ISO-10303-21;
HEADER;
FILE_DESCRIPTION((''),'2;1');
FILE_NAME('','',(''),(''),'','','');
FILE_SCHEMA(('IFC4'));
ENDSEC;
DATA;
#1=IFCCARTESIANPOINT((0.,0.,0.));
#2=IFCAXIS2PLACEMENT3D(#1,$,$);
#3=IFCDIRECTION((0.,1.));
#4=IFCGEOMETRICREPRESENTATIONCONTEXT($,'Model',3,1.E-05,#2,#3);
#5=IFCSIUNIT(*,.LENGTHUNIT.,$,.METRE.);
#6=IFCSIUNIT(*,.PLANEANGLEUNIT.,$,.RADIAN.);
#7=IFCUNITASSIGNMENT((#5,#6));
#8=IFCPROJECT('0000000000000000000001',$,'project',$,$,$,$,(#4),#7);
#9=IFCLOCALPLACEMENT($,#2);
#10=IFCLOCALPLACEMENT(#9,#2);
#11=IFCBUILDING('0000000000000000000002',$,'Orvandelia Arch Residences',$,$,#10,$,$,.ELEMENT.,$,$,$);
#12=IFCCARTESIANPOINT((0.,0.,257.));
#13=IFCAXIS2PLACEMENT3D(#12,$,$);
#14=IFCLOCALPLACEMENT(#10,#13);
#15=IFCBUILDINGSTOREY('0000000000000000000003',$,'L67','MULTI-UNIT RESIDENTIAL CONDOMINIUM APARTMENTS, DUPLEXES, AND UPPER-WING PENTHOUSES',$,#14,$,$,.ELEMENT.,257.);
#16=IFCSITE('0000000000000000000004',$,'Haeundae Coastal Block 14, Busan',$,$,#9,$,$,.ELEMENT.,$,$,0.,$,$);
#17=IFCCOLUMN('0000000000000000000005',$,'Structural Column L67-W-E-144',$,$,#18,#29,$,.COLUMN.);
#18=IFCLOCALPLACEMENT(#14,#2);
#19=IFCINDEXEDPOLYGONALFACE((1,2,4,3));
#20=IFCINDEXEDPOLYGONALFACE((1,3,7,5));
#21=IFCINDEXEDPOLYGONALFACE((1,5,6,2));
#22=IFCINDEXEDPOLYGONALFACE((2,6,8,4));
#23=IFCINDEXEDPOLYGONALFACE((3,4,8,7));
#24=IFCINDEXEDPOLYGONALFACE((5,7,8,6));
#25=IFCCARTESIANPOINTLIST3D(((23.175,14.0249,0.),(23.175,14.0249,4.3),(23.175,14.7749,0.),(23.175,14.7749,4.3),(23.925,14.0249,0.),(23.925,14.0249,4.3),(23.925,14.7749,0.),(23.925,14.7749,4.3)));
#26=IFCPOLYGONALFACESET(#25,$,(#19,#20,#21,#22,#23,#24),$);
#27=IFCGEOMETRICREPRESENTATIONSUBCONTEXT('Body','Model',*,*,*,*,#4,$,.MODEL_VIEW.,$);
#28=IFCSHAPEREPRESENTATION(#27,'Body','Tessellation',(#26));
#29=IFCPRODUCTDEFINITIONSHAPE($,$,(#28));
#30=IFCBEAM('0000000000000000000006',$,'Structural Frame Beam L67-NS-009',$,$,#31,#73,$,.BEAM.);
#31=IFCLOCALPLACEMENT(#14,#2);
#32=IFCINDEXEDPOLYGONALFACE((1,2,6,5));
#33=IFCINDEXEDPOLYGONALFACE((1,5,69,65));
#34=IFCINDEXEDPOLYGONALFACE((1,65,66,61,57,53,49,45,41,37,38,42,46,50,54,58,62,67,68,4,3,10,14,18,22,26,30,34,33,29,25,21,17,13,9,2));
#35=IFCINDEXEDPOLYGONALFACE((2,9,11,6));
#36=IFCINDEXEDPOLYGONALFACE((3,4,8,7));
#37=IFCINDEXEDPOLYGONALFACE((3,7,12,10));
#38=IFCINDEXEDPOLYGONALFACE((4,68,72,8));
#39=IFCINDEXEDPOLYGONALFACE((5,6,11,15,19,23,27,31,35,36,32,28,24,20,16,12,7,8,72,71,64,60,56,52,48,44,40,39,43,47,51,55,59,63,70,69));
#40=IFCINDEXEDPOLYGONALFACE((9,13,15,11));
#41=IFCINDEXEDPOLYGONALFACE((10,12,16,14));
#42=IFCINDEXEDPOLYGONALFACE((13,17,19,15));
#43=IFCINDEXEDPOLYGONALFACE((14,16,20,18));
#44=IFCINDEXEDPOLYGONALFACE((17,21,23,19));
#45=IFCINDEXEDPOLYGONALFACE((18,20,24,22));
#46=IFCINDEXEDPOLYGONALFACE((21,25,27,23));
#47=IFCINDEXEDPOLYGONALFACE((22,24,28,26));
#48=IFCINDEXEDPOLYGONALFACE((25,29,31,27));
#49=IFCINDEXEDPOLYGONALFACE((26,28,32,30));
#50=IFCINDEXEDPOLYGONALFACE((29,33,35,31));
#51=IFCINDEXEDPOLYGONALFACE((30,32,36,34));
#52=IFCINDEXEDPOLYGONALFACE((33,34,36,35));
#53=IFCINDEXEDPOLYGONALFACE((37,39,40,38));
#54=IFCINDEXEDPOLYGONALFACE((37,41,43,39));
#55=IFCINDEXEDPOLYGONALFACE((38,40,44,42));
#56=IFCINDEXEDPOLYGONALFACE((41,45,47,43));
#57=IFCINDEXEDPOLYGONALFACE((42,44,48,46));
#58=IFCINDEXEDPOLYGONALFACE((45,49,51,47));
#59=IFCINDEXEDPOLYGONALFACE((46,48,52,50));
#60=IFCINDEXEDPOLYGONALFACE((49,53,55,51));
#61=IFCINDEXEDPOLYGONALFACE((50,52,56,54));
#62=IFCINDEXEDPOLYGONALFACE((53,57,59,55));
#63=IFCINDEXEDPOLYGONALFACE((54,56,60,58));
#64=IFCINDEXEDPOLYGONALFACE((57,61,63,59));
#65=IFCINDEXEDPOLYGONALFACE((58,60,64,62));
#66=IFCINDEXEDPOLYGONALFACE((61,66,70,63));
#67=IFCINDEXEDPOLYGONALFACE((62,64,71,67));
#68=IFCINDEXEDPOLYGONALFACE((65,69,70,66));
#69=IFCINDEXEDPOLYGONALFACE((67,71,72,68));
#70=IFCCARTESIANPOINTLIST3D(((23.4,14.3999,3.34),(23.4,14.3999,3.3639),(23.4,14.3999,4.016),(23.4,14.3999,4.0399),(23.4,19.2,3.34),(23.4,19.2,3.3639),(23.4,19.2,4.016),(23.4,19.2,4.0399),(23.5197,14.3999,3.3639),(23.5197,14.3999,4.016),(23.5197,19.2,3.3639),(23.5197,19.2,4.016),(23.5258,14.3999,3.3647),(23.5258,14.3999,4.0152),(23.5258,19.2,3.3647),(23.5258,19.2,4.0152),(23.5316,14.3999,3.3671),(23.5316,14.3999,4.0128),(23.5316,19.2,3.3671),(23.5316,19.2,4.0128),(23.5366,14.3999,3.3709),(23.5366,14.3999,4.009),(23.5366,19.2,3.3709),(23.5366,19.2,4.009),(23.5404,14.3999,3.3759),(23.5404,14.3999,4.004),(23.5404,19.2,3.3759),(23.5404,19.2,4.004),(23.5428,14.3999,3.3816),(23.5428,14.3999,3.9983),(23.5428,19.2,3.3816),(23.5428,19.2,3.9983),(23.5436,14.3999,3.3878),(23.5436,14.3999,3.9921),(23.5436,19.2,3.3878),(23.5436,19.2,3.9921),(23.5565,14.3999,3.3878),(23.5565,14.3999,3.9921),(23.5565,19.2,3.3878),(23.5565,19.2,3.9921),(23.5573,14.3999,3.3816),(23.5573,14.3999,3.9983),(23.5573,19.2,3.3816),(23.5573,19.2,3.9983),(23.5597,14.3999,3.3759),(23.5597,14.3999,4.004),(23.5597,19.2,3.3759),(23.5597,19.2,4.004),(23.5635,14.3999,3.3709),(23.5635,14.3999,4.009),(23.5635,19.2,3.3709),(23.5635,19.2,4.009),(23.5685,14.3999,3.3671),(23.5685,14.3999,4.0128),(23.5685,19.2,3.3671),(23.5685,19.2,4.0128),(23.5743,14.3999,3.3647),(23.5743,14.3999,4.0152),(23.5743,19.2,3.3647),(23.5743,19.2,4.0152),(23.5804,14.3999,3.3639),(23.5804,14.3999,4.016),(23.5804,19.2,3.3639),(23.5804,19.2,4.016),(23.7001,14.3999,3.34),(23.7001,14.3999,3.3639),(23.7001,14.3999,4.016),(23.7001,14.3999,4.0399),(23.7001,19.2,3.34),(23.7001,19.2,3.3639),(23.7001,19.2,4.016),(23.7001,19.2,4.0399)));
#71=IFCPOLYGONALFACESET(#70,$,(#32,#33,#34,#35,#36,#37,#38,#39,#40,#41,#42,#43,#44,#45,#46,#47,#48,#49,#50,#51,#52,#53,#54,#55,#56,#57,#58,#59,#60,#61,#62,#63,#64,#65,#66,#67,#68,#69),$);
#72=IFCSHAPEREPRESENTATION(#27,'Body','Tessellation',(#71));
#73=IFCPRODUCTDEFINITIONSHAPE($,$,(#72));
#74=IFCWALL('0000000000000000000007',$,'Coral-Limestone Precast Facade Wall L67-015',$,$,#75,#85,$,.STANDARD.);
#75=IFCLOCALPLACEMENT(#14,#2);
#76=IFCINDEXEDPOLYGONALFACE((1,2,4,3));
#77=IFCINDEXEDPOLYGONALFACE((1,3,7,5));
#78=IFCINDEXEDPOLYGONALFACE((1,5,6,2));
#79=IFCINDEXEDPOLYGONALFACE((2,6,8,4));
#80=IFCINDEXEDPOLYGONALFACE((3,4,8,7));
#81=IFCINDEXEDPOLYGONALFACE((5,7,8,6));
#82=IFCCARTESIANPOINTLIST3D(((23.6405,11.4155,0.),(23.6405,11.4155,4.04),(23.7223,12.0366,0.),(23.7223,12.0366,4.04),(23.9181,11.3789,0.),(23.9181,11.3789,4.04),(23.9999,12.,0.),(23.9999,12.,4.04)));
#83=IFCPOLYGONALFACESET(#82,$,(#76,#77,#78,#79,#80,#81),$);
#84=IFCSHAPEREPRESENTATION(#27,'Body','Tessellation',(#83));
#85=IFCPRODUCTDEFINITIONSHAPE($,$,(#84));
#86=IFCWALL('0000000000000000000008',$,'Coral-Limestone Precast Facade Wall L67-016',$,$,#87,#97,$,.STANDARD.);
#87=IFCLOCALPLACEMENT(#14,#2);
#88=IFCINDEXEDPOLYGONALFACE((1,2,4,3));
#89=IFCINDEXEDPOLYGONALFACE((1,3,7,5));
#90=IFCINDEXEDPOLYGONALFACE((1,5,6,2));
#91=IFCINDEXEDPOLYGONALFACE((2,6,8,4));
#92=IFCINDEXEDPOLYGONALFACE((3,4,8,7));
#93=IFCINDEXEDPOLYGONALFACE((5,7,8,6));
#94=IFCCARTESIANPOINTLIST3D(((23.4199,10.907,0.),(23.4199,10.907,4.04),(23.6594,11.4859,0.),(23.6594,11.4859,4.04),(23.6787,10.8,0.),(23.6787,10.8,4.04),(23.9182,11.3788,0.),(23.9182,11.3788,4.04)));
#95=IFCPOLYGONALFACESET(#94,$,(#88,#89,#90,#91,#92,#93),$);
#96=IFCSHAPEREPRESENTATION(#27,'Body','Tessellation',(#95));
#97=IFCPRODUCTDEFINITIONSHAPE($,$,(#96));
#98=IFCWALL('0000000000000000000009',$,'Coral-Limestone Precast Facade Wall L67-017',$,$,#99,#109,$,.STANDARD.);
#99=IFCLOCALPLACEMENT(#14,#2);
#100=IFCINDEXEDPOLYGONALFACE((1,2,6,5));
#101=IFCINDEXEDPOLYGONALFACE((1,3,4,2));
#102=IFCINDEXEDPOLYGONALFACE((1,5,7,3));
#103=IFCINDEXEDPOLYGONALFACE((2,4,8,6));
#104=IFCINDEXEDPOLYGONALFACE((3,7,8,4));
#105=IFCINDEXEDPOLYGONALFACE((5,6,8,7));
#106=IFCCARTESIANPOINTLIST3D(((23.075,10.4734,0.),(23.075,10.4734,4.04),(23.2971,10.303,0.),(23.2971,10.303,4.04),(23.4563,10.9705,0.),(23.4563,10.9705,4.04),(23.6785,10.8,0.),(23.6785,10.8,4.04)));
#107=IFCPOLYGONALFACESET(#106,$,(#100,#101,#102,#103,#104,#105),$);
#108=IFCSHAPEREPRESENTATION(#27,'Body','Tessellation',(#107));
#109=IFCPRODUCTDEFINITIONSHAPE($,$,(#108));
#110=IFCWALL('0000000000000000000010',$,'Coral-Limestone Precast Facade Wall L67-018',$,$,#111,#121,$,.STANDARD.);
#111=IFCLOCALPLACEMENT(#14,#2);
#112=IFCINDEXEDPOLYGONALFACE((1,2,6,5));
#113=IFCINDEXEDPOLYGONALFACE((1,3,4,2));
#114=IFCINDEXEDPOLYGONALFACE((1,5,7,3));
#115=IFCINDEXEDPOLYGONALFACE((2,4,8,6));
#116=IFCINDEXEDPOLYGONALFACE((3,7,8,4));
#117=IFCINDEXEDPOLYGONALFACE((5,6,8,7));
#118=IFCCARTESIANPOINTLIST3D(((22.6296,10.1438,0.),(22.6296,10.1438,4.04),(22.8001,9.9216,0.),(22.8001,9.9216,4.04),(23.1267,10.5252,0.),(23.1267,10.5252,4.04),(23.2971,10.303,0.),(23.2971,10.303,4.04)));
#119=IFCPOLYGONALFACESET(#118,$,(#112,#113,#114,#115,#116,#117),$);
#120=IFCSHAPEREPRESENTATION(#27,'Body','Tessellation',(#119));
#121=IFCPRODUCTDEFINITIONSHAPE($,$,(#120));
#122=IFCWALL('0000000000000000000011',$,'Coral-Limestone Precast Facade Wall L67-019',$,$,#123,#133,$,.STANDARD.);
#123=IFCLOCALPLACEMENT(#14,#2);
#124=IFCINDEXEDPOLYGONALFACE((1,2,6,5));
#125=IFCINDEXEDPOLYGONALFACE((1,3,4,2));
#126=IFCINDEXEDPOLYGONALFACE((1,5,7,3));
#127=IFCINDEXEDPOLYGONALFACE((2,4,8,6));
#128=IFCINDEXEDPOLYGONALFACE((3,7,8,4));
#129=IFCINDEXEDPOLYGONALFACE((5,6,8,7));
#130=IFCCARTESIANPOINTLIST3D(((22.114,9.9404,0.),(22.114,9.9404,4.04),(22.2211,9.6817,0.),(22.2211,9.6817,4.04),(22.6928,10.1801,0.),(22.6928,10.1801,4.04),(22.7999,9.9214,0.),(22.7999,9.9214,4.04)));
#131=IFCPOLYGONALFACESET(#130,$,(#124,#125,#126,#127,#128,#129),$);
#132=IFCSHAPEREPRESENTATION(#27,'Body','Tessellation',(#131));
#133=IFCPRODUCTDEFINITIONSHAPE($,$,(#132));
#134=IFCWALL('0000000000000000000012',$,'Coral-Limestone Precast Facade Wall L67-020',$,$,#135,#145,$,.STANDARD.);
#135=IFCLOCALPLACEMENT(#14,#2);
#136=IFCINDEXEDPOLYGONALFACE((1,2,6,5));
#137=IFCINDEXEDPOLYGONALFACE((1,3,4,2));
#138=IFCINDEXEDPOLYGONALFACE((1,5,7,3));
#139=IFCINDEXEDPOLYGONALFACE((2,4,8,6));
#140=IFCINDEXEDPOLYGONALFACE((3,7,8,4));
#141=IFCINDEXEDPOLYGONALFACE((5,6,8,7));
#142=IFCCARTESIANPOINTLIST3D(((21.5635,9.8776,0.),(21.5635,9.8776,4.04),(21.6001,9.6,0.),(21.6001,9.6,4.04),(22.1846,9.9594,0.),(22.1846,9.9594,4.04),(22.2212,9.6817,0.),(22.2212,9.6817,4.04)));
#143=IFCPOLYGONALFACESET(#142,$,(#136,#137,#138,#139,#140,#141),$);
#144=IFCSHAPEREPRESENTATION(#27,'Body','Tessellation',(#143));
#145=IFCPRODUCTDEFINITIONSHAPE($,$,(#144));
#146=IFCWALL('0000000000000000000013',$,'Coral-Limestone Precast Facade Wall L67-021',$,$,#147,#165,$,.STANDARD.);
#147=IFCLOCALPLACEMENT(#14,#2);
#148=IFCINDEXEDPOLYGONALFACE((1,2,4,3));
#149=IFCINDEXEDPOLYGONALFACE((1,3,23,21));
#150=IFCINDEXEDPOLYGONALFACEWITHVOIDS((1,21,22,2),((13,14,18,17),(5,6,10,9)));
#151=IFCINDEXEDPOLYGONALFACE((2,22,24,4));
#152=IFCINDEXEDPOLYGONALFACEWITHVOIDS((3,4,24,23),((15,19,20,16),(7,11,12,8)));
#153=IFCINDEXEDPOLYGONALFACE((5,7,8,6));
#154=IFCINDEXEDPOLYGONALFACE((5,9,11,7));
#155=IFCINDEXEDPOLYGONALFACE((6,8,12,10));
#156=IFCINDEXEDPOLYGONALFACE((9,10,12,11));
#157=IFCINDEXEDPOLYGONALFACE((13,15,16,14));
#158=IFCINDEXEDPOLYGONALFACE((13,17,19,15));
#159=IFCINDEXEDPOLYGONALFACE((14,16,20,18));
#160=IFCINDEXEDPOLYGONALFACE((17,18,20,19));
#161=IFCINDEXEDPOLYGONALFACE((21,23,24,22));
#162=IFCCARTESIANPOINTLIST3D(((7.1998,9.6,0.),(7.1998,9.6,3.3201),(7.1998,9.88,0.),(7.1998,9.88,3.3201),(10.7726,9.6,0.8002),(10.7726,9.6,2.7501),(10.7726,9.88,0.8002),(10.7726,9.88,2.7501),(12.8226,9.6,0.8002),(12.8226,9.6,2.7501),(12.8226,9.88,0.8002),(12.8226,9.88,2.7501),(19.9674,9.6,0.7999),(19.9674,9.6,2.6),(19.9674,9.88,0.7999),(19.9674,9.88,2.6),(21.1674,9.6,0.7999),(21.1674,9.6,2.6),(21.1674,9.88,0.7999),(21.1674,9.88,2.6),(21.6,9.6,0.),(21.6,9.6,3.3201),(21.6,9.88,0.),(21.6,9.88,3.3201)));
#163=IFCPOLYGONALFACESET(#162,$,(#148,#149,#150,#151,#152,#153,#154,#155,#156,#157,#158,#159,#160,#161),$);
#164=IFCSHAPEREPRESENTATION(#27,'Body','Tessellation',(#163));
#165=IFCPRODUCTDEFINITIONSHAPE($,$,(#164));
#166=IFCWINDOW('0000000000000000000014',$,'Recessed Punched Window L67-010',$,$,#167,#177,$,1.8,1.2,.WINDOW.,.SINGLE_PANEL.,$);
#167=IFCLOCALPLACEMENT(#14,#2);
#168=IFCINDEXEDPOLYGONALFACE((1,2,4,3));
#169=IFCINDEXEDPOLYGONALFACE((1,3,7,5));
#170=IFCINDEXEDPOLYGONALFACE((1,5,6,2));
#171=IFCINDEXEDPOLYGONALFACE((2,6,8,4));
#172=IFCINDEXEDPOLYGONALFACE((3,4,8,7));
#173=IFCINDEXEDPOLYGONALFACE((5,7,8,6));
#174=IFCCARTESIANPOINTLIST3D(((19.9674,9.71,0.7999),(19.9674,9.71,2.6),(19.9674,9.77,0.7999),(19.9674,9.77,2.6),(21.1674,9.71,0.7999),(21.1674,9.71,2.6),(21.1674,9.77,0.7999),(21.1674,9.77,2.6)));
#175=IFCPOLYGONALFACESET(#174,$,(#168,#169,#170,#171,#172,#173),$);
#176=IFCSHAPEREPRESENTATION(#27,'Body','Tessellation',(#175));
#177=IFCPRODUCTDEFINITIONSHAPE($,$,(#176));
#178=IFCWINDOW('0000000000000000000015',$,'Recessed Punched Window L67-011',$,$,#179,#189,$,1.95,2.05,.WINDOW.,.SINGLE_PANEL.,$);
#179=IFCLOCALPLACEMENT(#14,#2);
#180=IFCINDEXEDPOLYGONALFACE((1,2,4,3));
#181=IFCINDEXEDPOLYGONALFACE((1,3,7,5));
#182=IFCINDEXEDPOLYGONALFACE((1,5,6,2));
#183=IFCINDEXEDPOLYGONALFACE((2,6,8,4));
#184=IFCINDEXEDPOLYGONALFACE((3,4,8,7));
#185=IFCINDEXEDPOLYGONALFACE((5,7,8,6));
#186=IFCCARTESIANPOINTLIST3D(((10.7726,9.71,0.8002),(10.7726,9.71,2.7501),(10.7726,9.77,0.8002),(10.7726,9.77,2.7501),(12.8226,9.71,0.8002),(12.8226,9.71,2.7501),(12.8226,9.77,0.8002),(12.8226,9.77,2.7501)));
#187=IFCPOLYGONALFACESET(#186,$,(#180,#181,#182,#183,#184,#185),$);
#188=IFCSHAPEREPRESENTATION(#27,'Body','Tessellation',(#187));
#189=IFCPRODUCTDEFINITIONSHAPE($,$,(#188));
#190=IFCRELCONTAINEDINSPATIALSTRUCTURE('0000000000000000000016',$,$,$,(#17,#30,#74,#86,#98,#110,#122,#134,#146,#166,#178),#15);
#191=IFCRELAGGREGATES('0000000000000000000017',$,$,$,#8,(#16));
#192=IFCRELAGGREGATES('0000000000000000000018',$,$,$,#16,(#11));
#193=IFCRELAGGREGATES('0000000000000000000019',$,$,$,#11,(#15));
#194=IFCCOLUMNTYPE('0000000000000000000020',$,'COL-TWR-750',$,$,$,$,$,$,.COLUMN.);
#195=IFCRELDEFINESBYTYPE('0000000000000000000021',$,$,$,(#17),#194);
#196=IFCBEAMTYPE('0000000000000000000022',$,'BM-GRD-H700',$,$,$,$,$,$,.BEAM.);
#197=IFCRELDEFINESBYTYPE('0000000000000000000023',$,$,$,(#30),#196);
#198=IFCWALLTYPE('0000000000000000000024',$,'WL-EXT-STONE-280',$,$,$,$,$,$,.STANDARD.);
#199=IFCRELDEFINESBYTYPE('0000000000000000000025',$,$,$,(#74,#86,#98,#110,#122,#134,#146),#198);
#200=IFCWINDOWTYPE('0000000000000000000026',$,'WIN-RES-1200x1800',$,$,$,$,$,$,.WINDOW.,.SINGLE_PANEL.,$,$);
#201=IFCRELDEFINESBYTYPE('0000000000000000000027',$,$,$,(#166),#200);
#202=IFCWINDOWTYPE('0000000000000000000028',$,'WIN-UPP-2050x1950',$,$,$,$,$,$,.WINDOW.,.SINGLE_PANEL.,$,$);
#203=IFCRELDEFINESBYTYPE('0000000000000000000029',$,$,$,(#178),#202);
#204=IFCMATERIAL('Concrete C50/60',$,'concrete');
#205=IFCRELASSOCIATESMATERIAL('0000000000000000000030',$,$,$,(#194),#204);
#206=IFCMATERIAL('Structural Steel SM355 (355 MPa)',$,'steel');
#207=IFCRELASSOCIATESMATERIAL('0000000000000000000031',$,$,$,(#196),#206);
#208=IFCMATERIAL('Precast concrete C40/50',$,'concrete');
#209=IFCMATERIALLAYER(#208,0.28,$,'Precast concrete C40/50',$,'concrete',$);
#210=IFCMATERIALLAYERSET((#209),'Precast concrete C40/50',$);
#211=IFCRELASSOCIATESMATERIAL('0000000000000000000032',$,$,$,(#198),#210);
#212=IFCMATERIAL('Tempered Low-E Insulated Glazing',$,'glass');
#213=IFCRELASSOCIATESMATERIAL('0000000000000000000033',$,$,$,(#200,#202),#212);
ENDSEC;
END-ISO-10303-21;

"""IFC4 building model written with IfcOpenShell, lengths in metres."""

from ifc_helpers import new_model, si_unit, direction, frame, frame_2d, origin, origin_2d, place, context, subcontext, project, spatial, rectangle, i_section, extrude, material, layer, layer_set, material_profile, profile_set, type_object, element, fill, save


model = new_model("IFC4")

# Units and contexts
model_context = context("Model", 3, precision=1e-05, world=origin(), true_north=direction((0.0, 1.0)))
body_context = subcontext(model_context, "Body", "Model", "MODEL_VIEW")
ifc_project = project(units=[si_unit("LENGTHUNIT", "METRE"), si_unit("PLANEANGLEUNIT", "RADIAN")], contexts=[model_context])

# Site, building, storey
site_placement = place(None, origin())
site = spatial("IfcSite", under=ifc_project, at=site_placement, Name="Haeundae Coastal Block 14, Busan", CompositionType="ELEMENT", RefElevation=0.0)
building_placement = place(site_placement, origin())
building = spatial("IfcBuilding", under=site, at=building_placement, Name="Orvandelia Arch Residences", CompositionType="ELEMENT")
storey_placement = place(building_placement, frame((0.0, 0.0, 257.0)))
storey = spatial("IfcBuildingStorey", under=building, at=storey_placement, Name="L67", Description="MULTI-UNIT RESIDENTIAL CONDOMINIUM APARTMENTS, DUPLEXES, AND UPPER-WING PENTHOUSES", CompositionType="ELEMENT", Elevation=257.0)

# Column
ifc_material_1 = material(Name="Concrete C50/60", Category="concrete")
ifc_material_profile_1 = material_profile(ifc_material_1, rectangle(XDim=0.75, YDim=0.75, at=origin_2d()), Name="Concrete C50/60", Category="concrete")
ifc_profile_set_1 = profile_set([ifc_material_profile_1], Name="Concrete C50/60")
column_type = type_object("IfcColumnType", Name="COL-TWR-750", PredefinedType="COLUMN", material=ifc_profile_set_1)
column_placement = place(storey_placement, frame((23.55, 14.3999, 0.0), z_axis=(0.0, 0.0, 1.0), x_axis=(1.0, 0.0, 0.0)))
element("IfcColumn", 1, at=column_placement, inside=storey, type_object=column_type, Name="Structural Column L67-W-E-144", PredefinedType="COLUMN", context=body_context, shape_type="SweptSolid", body=[
    extrude(rectangle(XDim=0.75, YDim=0.75, at=origin_2d()), origin(), (0.0, 0.0, 1.0), 4.3),
])

# Beam
ifc_material_2 = material(Name="Structural Steel SM355 (355 MPa)", Category="steel")
ifc_material_profile_2 = material_profile(ifc_material_2, i_section(OverallWidth=0.3, OverallDepth=0.7, WebThickness=0.0129, FlangeThickness=0.0239, FilletRadius=0.0239, at=origin_2d()), Name="Structural Steel SM355 (355 MPa)", Category="steel")
ifc_profile_set_2 = profile_set([ifc_material_profile_2], Name="Structural Steel SM355 (355 MPa)")
beam_type = type_object("IfcBeamType", Name="BM-GRD-H700", PredefinedType="BEAM", material=ifc_profile_set_2)
beam_placement = place(storey_placement, frame((23.55, 14.3999, 3.6899), z_axis=(0.0, 1.0, 0.0), x_axis=(-1.0, 0.0, 0.0)))
element("IfcBeam", 2, at=beam_placement, inside=storey, type_object=beam_type, Name="Structural Frame Beam L67-NS-009", PredefinedType="BEAM", context=body_context, shape_type="SweptSolid", body=[
    extrude(i_section(OverallWidth=0.3, OverallDepth=0.7, WebThickness=0.0129, FlangeThickness=0.0239, FilletRadius=0.0239, at=origin_2d()), origin(), (0.0, 0.0, 1.0), 4.8),
])

# Walls
ifc_material_3 = material(Name="Precast concrete C40/50", Category="concrete")
ifc_layer_1 = layer(ifc_material_3, 0.28, Name="Precast concrete C40/50", Category="concrete")
ifc_layer_set_1 = layer_set([ifc_layer_1], Name="Precast concrete C40/50")
wall_type_1 = type_object("IfcWallType", Name="WL-EXT-STONE-280", PredefinedType="STANDARD", material=ifc_layer_set_1)
for number, where, z_axis, x_axis, name in (
    (3, (23.8611, 12.0183, 0.0), (0.0, 0.0, 1.0), (-0.130555, -0.991441, 0.0), "Coral-Limestone Precast Facade Wall L67-015"),
    (4, (23.7888, 11.4324, 0.0), (0.0, 0.0, 1.0), (-0.382317, -0.924031, 0.0), "Coral-Limestone Precast Facade Wall L67-016"),
    (5, (23.5674, 10.8853, 0.0), (0.0, 0.0, 1.0), (-0.608693, -0.793406, 0.0), "Coral-Limestone Precast Facade Wall L67-017"),
    (6, (23.2119, 10.4141, 0.0), (0.0, 0.0, 1.0), (-0.793406, -0.608693, 0.0), "Coral-Limestone Precast Facade Wall L67-018"),
    (7, (22.7463, 10.0508, 0.0), (0.0, 0.0, 1.0), (-0.923893, -0.38265, 0.0), "Coral-Limestone Precast Facade Wall L67-019"),
    (8, (22.2029, 9.8206, 0.0), (0.0, 0.0, 1.0), (-0.991441, -0.130555, 0.0), "Coral-Limestone Precast Facade Wall L67-020"),
):
    element("IfcWall", number, at=place(storey_placement, frame(where, z_axis=z_axis, x_axis=x_axis)), inside=storey, type_object=wall_type_1, Name=name, PredefinedType="STANDARD", context=body_context, shape_type="SweptSolid", body=[
        extrude(rectangle(XDim=0.6265, YDim=0.28, at=frame_2d((0.3132, 0.0))), origin(), (0.0, 0.0, 1.0), 4.04),
    ])

# Wall, openings, windows
wall_1_placement = place(storey_placement, frame((21.6001, 9.74, 0.0), z_axis=(0.0, 0.0, 1.0), x_axis=(-1.0, 0.0, 0.0)))
wall_1 = element("IfcWall", 9, at=wall_1_placement, inside=storey, type_object=wall_type_1, Name="Coral-Limestone Precast Facade Wall L67-021", PredefinedType="STANDARD", context=body_context, shape_type="SweptSolid", body=[
    extrude(rectangle(XDim=14.4001, YDim=0.28, at=frame_2d((7.2002, 0.0))), origin(), (0.0, 0.0, 1.0), 3.3201),
])
opening_1_placement = place(wall_1_placement, frame((0.4326, 0.0, 0.8)))
opening_1 = element("IfcOpeningElement", 10, at=opening_1_placement, cuts=wall_1, PredefinedType="OPENING", context=body_context, shape_type="SweptSolid", body=[
    extrude(rectangle(XDim=1.2, YDim=1.8, at=frame_2d((0.6001, 0.8999))), frame((0.0, 0.1499, 0.0), z_axis=(0.0, -1.0, 0.0), x_axis=(1.0, 0.0, 0.0)), (0.0, 0.0, 1.0), 0.3),
])
opening_2_placement = place(wall_1_placement, frame((8.7776, 0.0, 0.8)))
opening_2 = element("IfcOpeningElement", 11, at=opening_2_placement, cuts=wall_1, PredefinedType="OPENING", context=body_context, shape_type="SweptSolid", body=[
    extrude(rectangle(XDim=2.05, YDim=1.95, at=frame_2d((1.0249, 0.9751))), frame((0.0, 0.1499, 0.0), z_axis=(0.0, -1.0, 0.0), x_axis=(1.0, 0.0, 0.0)), (0.0, 0.0, 1.0), 0.3),
])
ifc_material_4 = material(Name="Tempered Low-E Insulated Glazing", Category="glass")
window_type_1 = type_object("IfcWindowType", Name="WIN-RES-1200x1800", PartitioningType="SINGLE_PANEL", PredefinedType="WINDOW", material=ifc_material_4)
window_1_placement = place(opening_1_placement, origin())
window_1 = element("IfcWindow", 12, at=window_1_placement, inside=storey, type_object=window_type_1, Name="Recessed Punched Window L67-010", OverallHeight=1.8, OverallWidth=1.2, PartitioningType="SINGLE_PANEL", PredefinedType="WINDOW", context=body_context, shape_type="SweptSolid", body=[
    extrude(rectangle(XDim=1.2, YDim=1.8, at=frame_2d((0.6001, 0.8999))), frame((0.0, 0.03, 0.0), z_axis=(0.0, -1.0, 0.0), x_axis=(1.0, 0.0, 0.0)), (0.0, 0.0, 1.0), 0.0601),
])
fill(opening_1, window_1)
window_type_2 = type_object("IfcWindowType", Name="WIN-UPP-2050x1950", PartitioningType="SINGLE_PANEL", PredefinedType="WINDOW", material=ifc_material_4)
window_2_placement = place(opening_2_placement, origin())
window_2 = element("IfcWindow", 13, at=window_2_placement, inside=storey, type_object=window_type_2, Name="Recessed Punched Window L67-011", OverallHeight=1.95, OverallWidth=2.05, PartitioningType="SINGLE_PANEL", PredefinedType="WINDOW", context=body_context, shape_type="SweptSolid", body=[
    extrude(rectangle(XDim=2.05, YDim=1.95, at=frame_2d((1.0249, 0.9751))), frame((0.0, 0.03, 0.0), z_axis=(0.0, -1.0, 0.0), x_axis=(1.0, 0.0, 0.0)), (0.0, 0.0, 1.0), 0.0601),
])
fill(opening_2, window_2)

save(model, "model.ifc")
